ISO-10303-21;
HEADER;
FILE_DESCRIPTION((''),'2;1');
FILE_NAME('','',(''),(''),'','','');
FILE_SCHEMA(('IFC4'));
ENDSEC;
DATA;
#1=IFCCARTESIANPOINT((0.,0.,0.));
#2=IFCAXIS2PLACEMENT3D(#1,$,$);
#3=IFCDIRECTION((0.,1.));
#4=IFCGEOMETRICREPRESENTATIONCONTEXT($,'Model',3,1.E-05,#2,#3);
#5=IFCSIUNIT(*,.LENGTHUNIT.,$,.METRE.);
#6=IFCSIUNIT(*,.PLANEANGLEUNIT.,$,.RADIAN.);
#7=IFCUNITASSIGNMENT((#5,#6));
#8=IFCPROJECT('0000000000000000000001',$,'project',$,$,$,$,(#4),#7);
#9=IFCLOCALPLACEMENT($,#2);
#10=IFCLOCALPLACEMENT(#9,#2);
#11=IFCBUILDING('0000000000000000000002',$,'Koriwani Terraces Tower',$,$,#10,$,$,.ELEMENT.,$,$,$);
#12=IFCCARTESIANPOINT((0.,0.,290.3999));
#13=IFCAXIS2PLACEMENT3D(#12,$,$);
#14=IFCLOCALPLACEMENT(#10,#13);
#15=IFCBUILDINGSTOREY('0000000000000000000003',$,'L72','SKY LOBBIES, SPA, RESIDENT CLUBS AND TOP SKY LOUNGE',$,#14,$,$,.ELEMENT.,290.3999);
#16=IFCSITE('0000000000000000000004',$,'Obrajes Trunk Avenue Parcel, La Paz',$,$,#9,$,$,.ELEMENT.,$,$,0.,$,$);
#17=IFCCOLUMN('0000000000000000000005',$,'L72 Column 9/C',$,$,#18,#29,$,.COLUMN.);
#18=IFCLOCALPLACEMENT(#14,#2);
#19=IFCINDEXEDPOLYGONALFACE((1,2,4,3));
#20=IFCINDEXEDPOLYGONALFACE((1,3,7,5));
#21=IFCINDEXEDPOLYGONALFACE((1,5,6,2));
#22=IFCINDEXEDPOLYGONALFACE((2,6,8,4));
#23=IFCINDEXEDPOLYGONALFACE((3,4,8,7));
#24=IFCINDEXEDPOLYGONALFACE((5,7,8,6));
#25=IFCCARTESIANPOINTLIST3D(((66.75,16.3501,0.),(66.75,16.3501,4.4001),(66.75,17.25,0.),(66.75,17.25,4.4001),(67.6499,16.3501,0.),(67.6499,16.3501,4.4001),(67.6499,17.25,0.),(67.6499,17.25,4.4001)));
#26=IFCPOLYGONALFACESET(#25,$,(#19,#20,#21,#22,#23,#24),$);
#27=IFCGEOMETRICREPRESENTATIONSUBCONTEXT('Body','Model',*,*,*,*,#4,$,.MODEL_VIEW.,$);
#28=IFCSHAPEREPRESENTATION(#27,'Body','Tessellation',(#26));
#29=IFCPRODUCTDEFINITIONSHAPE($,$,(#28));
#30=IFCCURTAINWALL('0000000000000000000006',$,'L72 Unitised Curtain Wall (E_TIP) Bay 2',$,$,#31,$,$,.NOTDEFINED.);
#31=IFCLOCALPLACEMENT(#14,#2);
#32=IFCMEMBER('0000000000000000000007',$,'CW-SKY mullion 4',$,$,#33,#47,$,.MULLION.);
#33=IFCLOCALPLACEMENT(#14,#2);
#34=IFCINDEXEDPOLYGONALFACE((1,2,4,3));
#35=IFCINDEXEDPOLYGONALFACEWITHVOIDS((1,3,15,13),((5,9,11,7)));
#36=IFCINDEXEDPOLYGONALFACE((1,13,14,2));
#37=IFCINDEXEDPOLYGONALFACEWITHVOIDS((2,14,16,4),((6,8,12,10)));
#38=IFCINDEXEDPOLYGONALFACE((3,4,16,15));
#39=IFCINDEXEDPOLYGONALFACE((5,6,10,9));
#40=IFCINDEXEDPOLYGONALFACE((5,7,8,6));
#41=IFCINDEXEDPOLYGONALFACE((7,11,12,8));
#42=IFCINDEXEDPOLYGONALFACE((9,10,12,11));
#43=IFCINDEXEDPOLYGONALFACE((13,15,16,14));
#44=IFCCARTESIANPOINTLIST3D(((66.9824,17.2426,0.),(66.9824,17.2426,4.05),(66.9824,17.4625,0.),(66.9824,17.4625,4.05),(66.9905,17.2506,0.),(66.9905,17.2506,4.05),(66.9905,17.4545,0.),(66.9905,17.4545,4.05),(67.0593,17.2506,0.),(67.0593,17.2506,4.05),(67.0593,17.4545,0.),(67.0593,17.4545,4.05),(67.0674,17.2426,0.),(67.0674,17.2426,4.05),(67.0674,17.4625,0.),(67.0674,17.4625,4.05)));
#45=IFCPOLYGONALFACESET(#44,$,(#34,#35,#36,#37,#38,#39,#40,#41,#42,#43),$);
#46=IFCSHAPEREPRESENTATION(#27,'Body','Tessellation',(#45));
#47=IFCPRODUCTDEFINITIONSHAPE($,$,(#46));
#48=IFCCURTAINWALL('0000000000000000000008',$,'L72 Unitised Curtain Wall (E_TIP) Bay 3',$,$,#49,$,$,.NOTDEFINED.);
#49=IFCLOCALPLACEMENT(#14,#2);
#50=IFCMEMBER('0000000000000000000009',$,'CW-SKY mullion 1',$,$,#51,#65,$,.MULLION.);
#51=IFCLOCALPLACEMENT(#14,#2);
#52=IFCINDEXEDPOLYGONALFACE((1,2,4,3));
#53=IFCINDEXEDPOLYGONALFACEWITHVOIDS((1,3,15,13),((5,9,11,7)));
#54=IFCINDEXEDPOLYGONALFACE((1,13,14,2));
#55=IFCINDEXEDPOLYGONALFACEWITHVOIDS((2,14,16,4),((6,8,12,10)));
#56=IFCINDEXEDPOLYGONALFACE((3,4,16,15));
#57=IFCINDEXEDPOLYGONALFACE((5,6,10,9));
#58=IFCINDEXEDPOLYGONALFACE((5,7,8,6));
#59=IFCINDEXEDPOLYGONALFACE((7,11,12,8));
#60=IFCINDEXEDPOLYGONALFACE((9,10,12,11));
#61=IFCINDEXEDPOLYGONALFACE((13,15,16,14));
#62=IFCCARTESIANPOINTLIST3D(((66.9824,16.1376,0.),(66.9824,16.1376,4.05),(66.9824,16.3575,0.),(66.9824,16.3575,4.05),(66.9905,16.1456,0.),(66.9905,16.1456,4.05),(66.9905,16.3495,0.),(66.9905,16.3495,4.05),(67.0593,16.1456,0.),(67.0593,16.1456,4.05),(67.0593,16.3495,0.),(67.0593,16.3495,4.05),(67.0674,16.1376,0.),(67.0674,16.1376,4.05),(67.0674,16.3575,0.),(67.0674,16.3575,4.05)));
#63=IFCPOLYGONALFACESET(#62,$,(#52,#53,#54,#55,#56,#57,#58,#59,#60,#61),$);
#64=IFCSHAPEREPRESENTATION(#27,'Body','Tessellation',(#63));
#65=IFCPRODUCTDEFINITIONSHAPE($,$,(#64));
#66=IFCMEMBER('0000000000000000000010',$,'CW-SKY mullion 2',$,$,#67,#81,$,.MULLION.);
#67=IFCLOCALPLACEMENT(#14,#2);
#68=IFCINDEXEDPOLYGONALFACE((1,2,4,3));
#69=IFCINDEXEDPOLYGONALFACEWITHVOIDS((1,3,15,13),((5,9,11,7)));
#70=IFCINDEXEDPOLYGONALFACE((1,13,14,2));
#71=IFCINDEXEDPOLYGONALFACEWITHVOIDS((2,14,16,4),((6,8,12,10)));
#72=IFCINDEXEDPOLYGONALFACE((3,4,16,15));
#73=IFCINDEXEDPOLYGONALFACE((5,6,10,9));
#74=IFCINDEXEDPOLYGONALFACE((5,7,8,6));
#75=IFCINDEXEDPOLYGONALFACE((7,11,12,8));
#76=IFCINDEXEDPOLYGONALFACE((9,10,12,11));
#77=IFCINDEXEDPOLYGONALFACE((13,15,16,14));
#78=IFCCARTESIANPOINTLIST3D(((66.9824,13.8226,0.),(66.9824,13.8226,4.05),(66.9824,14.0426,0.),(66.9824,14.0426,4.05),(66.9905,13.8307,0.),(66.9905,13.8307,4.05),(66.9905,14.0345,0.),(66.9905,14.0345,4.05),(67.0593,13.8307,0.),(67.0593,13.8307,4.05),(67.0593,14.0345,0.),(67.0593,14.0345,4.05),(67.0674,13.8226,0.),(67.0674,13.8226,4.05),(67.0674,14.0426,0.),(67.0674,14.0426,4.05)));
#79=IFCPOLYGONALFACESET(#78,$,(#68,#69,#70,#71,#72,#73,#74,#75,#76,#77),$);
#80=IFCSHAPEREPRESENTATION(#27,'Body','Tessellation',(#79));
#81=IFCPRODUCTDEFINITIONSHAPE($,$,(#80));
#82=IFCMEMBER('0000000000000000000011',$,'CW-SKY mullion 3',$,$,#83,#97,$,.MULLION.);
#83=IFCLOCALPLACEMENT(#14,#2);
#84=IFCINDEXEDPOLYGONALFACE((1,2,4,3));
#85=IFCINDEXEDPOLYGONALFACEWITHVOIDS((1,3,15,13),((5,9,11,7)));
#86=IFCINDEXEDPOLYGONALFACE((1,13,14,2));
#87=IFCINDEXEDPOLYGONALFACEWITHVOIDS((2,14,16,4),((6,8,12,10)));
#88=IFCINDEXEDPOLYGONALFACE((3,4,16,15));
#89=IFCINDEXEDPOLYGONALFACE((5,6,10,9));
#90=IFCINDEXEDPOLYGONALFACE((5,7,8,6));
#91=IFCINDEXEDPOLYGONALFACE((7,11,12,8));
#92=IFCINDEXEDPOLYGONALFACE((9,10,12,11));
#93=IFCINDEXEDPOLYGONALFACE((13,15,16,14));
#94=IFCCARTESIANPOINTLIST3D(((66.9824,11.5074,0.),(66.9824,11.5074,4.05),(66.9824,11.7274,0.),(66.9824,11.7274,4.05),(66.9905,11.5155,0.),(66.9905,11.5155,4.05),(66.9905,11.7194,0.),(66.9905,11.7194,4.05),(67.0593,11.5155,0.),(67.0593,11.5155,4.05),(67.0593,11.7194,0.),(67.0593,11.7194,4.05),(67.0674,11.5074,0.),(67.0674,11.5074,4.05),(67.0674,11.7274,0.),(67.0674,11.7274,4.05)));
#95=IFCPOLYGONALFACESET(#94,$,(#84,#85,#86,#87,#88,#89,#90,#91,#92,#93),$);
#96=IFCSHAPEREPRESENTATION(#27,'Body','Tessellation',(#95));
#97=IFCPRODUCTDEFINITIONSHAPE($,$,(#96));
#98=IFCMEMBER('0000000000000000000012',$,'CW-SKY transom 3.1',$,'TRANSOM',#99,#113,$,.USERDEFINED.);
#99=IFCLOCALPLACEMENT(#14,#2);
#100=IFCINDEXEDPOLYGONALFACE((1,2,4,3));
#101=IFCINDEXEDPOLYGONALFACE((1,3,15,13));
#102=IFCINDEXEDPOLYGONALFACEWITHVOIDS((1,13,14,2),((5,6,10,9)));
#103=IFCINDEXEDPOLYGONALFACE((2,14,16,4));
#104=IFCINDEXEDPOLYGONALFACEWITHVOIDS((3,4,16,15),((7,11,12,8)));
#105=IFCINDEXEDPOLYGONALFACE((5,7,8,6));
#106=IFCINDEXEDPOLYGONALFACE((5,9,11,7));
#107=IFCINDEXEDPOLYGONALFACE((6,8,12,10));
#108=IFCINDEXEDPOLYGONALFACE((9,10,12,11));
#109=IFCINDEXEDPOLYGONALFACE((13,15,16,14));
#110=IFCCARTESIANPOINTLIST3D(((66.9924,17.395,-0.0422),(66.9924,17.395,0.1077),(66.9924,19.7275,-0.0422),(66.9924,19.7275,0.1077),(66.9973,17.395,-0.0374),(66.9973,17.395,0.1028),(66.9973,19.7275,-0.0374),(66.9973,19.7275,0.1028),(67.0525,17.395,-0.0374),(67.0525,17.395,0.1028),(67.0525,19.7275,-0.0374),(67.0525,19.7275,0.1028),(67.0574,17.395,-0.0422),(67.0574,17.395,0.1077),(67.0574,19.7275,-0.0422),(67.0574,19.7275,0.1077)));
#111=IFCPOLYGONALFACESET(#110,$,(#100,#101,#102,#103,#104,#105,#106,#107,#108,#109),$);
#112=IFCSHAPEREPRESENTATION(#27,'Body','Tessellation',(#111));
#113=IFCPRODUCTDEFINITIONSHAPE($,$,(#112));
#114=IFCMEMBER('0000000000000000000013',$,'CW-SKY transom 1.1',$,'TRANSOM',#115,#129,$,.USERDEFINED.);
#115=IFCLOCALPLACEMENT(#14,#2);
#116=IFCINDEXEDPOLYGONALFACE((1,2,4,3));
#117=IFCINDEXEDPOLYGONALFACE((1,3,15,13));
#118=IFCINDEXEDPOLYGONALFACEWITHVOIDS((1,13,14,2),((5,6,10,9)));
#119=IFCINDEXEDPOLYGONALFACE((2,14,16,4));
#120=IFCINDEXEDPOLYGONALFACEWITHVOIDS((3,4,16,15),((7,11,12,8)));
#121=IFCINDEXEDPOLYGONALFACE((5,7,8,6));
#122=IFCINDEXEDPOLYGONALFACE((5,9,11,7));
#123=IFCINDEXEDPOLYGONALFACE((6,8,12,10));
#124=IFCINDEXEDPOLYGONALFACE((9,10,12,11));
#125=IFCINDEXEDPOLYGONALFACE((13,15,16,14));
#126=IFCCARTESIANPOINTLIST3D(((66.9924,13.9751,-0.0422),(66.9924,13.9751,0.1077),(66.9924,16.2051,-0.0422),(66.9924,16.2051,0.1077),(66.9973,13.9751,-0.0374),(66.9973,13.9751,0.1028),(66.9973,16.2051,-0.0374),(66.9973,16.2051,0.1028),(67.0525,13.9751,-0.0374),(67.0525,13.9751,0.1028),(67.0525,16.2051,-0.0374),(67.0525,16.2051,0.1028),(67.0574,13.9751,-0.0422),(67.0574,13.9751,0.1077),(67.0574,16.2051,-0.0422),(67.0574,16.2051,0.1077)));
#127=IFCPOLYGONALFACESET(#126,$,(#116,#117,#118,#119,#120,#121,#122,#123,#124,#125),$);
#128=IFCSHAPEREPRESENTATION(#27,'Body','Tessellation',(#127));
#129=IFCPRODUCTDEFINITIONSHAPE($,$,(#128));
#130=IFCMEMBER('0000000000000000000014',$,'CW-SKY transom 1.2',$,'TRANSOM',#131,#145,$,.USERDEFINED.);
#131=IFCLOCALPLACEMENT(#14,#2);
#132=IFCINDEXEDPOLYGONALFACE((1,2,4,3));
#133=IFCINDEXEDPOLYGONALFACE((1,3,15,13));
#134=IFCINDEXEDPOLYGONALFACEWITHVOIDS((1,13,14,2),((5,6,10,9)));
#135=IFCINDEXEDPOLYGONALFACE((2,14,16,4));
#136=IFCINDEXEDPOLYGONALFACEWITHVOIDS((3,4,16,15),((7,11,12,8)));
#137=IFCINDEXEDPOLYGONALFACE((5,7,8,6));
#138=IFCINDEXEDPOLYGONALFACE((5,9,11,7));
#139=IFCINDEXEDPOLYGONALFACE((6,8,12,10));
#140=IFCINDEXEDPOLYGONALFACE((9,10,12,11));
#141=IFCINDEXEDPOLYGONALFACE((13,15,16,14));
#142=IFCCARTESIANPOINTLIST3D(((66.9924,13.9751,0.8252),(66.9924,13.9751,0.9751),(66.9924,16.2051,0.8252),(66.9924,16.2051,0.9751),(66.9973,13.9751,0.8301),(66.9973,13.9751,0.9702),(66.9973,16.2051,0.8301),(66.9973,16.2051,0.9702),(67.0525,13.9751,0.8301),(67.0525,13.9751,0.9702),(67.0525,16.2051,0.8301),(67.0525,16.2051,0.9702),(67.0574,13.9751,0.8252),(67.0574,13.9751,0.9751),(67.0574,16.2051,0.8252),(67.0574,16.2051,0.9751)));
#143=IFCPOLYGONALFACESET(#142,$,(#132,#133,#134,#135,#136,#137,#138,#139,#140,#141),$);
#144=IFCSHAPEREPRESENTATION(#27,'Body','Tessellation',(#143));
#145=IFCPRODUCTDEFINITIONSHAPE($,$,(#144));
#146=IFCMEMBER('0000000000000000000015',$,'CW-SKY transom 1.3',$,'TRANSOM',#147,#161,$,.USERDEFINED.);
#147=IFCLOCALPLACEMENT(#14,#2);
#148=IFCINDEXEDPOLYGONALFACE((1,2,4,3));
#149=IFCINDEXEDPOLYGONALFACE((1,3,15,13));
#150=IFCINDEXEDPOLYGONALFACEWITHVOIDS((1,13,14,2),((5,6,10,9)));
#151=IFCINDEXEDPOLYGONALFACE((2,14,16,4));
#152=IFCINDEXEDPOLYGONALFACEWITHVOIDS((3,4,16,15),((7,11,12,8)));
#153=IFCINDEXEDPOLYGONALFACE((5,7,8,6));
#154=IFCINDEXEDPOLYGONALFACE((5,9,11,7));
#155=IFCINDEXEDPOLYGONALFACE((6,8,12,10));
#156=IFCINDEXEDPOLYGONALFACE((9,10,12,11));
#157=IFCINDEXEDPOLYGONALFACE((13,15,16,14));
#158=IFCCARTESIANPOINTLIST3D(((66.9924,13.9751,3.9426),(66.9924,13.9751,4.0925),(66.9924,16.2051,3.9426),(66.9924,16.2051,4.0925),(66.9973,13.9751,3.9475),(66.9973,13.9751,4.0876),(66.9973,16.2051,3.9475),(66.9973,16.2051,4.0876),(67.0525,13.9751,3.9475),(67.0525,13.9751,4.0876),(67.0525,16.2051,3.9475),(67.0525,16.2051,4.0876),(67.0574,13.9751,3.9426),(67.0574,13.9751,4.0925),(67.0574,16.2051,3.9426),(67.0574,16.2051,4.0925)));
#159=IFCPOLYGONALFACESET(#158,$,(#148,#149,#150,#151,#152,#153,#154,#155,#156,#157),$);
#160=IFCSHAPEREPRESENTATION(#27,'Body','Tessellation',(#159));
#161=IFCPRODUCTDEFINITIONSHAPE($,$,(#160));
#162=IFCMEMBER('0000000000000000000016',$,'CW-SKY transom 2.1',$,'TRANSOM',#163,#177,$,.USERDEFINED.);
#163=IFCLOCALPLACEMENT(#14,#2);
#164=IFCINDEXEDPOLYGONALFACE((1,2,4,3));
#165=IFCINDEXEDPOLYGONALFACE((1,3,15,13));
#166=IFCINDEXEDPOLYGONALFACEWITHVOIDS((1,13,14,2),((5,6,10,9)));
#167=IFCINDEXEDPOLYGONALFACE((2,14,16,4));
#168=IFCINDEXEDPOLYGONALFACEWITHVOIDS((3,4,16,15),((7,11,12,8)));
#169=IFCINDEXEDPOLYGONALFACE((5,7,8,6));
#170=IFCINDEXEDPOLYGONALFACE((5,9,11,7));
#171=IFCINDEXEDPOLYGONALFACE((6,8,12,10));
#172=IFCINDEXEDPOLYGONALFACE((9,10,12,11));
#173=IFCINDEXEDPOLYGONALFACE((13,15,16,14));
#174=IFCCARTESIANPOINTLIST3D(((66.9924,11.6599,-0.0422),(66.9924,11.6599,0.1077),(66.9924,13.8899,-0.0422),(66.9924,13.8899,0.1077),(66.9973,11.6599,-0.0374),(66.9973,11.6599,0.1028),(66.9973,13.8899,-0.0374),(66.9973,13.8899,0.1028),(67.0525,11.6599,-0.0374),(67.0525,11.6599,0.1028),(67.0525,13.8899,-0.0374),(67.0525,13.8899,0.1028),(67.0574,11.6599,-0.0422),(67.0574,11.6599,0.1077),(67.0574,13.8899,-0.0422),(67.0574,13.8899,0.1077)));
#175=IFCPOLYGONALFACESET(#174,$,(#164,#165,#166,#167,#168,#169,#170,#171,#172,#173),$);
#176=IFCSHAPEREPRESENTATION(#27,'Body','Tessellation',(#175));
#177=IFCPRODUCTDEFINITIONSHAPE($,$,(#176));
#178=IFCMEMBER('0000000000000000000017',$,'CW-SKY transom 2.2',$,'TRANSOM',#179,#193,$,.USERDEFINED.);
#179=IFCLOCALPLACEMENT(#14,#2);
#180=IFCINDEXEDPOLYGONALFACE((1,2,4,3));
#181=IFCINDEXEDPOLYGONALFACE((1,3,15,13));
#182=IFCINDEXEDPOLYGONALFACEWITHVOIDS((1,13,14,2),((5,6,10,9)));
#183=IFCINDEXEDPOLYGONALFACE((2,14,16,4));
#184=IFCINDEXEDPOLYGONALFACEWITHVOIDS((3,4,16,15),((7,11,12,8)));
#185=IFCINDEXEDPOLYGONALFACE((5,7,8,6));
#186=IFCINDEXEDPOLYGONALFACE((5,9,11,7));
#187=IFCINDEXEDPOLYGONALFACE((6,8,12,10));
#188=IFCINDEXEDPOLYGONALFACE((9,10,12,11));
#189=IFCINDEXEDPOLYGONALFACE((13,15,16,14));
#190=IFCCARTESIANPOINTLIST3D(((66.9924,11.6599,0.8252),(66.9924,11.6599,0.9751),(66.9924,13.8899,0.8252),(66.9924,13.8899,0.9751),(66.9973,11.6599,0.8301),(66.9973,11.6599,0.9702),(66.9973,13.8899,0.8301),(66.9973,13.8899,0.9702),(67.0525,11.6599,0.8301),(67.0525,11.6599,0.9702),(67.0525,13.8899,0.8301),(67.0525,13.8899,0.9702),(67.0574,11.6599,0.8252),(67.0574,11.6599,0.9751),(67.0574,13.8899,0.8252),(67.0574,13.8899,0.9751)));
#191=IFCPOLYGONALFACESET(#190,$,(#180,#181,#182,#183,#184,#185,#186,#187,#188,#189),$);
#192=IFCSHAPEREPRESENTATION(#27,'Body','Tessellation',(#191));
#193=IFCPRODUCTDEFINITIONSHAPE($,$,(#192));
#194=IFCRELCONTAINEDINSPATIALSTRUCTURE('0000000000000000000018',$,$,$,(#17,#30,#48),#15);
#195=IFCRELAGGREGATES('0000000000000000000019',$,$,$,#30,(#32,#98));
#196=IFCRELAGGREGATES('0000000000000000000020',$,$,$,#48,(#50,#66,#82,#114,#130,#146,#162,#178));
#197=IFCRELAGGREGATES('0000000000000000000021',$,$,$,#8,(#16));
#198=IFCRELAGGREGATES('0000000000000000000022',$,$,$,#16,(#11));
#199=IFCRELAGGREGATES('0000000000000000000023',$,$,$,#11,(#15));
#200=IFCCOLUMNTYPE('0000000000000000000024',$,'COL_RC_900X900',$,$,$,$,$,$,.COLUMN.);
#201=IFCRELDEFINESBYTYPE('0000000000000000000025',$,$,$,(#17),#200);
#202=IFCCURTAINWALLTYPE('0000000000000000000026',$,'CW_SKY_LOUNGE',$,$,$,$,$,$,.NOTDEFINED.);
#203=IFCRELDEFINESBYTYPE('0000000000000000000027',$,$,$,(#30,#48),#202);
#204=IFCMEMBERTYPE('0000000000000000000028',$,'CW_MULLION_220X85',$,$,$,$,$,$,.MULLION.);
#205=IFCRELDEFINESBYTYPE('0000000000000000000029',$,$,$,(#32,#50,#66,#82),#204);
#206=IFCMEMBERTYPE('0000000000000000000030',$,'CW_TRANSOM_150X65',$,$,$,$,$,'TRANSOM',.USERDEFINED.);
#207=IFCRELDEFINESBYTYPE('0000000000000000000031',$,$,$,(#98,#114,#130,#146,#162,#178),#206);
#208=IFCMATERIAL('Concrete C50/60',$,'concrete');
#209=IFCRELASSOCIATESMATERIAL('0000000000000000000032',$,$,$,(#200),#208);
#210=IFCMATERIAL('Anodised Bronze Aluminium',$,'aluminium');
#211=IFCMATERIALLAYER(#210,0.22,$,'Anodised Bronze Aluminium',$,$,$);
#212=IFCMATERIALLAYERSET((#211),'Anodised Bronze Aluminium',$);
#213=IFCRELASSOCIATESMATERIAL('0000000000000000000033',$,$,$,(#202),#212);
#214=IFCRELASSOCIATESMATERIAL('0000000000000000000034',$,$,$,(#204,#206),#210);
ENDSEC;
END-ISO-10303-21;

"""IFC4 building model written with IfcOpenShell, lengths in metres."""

from ifc_helpers import new_model, si_unit, direction, frame, origin, origin_2d, place, context, subcontext, project, spatial, rectangle, hollow_rectangle, extrude, material, layer, layer_set, material_profile, profile_set, type_object, element, aggregate, save


model = new_model("IFC4")

# Units and contexts
model_context = context("Model", 3, precision=1e-05, world=origin(), true_north=direction((0.0, 1.0)))
body_context = subcontext(model_context, "Body", "Model", "MODEL_VIEW")
ifc_project = project(units=[si_unit("LENGTHUNIT", "METRE"), si_unit("PLANEANGLEUNIT", "RADIAN")], contexts=[model_context])

# Site, building, storey
site_placement = place(None, origin())
site = spatial("IfcSite", under=ifc_project, at=site_placement, Name="Obrajes Trunk Avenue Parcel, La Paz", CompositionType="ELEMENT", RefElevation=0.0)
building_placement = place(site_placement, origin())
building = spatial("IfcBuilding", under=site, at=building_placement, Name="Koriwani Terraces Tower", CompositionType="ELEMENT")
storey_placement = place(building_placement, frame((0.0, 0.0, 290.3999)))
storey = spatial("IfcBuildingStorey", under=building, at=storey_placement, Name="L72", Description="SKY LOBBIES, SPA, RESIDENT CLUBS AND TOP SKY LOUNGE", CompositionType="ELEMENT", Elevation=290.3999)

# Column
ifc_material_1 = material(Name="Concrete C50/60", Category="concrete")
ifc_material_profile_1 = material_profile(ifc_material_1, rectangle(XDim=0.8999, YDim=0.8999, at=origin_2d()), Name="Concrete C50/60", Category="LoadBearing")
ifc_profile_set_1 = profile_set([ifc_material_profile_1], Name="Concrete C50/60")
column_type = type_object("IfcColumnType", Name="COL_RC_900X900", PredefinedType="COLUMN", material=ifc_profile_set_1)
column_placement = place(storey_placement, frame((67.2, 16.8, 0.0), z_axis=(0.0, 0.0, 1.0), x_axis=(1.0, 0.0, 0.0)))
element("IfcColumn", 1, at=column_placement, inside=storey, type_object=column_type, Name="L72 Column 9/C", PredefinedType="COLUMN", context=body_context, shape_type="SweptSolid", body=[
    extrude(rectangle(XDim=0.8999, YDim=0.8999, at=origin_2d()), origin(), (0.0, 0.0, 1.0), 4.4001),
])

# Curtain wall, member
ifc_material_2 = material(Name="Anodised Bronze Aluminium", Category="aluminium")
ifc_layer_1 = layer(ifc_material_2, 0.22, Name="Anodised Bronze Aluminium")
ifc_layer_set_1 = layer_set([ifc_layer_1], Name="Anodised Bronze Aluminium")
curtain_wall_type = type_object("IfcCurtainWallType", Name="CW_SKY_LOUNGE", PredefinedType="NOTDEFINED", material=ifc_layer_set_1)
curtain_wall_1_placement = place(storey_placement, origin())
curtain_wall_1 = element("IfcCurtainWall", 2, at=curtain_wall_1_placement, inside=storey, type_object=curtain_wall_type, Name="L72 Unitised Curtain Wall (E_TIP) Bay 2", PredefinedType="NOTDEFINED")
ifc_material_profile_2 = material_profile(ifc_material_2, hollow_rectangle(XDim=0.085, YDim=0.22, WallThickness=0.0081, at=origin_2d()), Name="Anodised Bronze Aluminium", Category="LoadBearing")
ifc_profile_set_2 = profile_set([ifc_material_profile_2], Name="Anodised Bronze Aluminium")
member_type_1 = type_object("IfcMemberType", Name="CW_MULLION_220X85", PredefinedType="MULLION", material=ifc_profile_set_2)
member_1_placement = place(storey_placement, frame((67.0249, 17.3525, 0.0), z_axis=(0.0, 0.0, 1.0), x_axis=(1.0, 0.0, 0.0)))
member_1 = element("IfcMember", 3, at=member_1_placement, type_object=member_type_1, Name="CW-SKY mullion 4", PredefinedType="MULLION", context=body_context, shape_type="SweptSolid", body=[
    extrude(hollow_rectangle(XDim=0.085, YDim=0.22, WallThickness=0.0081, at=origin_2d()), origin(), (0.0, 0.0, 1.0), 4.05),
])

# Curtain wall, members
curtain_wall_2_placement = place(storey_placement, origin())
curtain_wall_2 = element("IfcCurtainWall", 4, at=curtain_wall_2_placement, inside=storey, type_object=curtain_wall_type, Name="L72 Unitised Curtain Wall (E_TIP) Bay 3", PredefinedType="NOTDEFINED")
member_2_placement = place(storey_placement, frame((67.0249, 16.2476, 0.0), z_axis=(0.0, 0.0, 1.0), x_axis=(1.0, 0.0, 0.0)))
member_2 = element("IfcMember", 5, at=member_2_placement, type_object=member_type_1, Name="CW-SKY mullion 1", PredefinedType="MULLION", context=body_context, shape_type="SweptSolid", body=[
    extrude(hollow_rectangle(XDim=0.085, YDim=0.22, WallThickness=0.0081, at=origin_2d()), origin(), (0.0, 0.0, 1.0), 4.05),
])
member_3_placement = place(storey_placement, frame((67.0249, 13.9326, 0.0), z_axis=(0.0, 0.0, 1.0), x_axis=(1.0, 0.0, 0.0)))
member_3 = element("IfcMember", 6, at=member_3_placement, type_object=member_type_1, Name="CW-SKY mullion 2", PredefinedType="MULLION", context=body_context, shape_type="SweptSolid", body=[
    extrude(hollow_rectangle(XDim=0.085, YDim=0.22, WallThickness=0.0081, at=origin_2d()), origin(), (0.0, 0.0, 1.0), 4.05),
])
member_4_placement = place(storey_placement, frame((67.0249, 11.6174, 0.0), z_axis=(0.0, 0.0, 1.0), x_axis=(1.0, 0.0, 0.0)))
member_4 = element("IfcMember", 7, at=member_4_placement, type_object=member_type_1, Name="CW-SKY mullion 3", PredefinedType="MULLION", context=body_context, shape_type="SweptSolid", body=[
    extrude(hollow_rectangle(XDim=0.085, YDim=0.22, WallThickness=0.0081, at=origin_2d()), origin(), (0.0, 0.0, 1.0), 4.05),
])

# Members
ifc_material_profile_3 = material_profile(ifc_material_2, hollow_rectangle(XDim=0.0649, YDim=0.1499, WallThickness=0.0049, at=origin_2d()), Name="Anodised Bronze Aluminium", Category="LoadBearing")
ifc_profile_set_3 = profile_set([ifc_material_profile_3], Name="Anodised Bronze Aluminium")
member_type_2 = type_object("IfcMemberType", Name="CW_TRANSOM_150X65", ElementType="TRANSOM", PredefinedType="USERDEFINED", material=ifc_profile_set_3)
member_5_placement = place(storey_placement, frame((67.0249, 19.7275, 0.0327), z_axis=(0.0, -1.0, 0.0), x_axis=(1.0, 0.0, 0.0)))
member_5 = element("IfcMember", 8, at=member_5_placement, type_object=member_type_2, Name="CW-SKY transom 3.1", ObjectType="TRANSOM", PredefinedType="USERDEFINED", context=body_context, shape_type="SweptSolid", body=[
    extrude(hollow_rectangle(XDim=0.0649, YDim=0.1499, WallThickness=0.0049, at=origin_2d()), origin(), (0.0, 0.0, 1.0), 2.3325),
])
member_6_placement = place(storey_placement, frame((67.0249, 16.2051, 0.0327), z_axis=(0.0, -1.0, 0.0), x_axis=(1.0, 0.0, 0.0)))
member_6 = element("IfcMember", 9, at=member_6_placement, type_object=member_type_2, Name="CW-SKY transom 1.1", ObjectType="TRANSOM", PredefinedType="USERDEFINED", context=body_context, shape_type="SweptSolid", body=[
    extrude(hollow_rectangle(XDim=0.0649, YDim=0.1499, WallThickness=0.0049, at=origin_2d()), origin(), (0.0, 0.0, 1.0), 2.23),
])
member_7_placement = place(storey_placement, frame((67.0249, 16.2051, 0.9001), z_axis=(0.0, -1.0, 0.0), x_axis=(1.0, 0.0, 0.0)))
member_7 = element("IfcMember", 10, at=member_7_placement, type_object=member_type_2, Name="CW-SKY transom 1.2", ObjectType="TRANSOM", PredefinedType="USERDEFINED", context=body_context, shape_type="SweptSolid", body=[
    extrude(hollow_rectangle(XDim=0.0649, YDim=0.1499, WallThickness=0.0049, at=origin_2d()), origin(), (0.0, 0.0, 1.0), 2.23),
])
member_8_placement = place(storey_placement, frame((67.0249, 16.2051, 4.0176), z_axis=(0.0, -1.0, 0.0), x_axis=(1.0, 0.0, 0.0)))
member_8 = element("IfcMember", 11, at=member_8_placement, type_object=member_type_2, Name="CW-SKY transom 1.3", ObjectType="TRANSOM", PredefinedType="USERDEFINED", context=body_context, shape_type="SweptSolid", body=[
    extrude(hollow_rectangle(XDim=0.0649, YDim=0.1499, WallThickness=0.0049, at=origin_2d()), origin(), (0.0, 0.0, 1.0), 2.23),
])
member_9_placement = place(storey_placement, frame((67.0249, 13.8899, 0.0327), z_axis=(0.0, -1.0, 0.0), x_axis=(1.0, 0.0, 0.0)))
member_9 = element("IfcMember", 12, at=member_9_placement, type_object=member_type_2, Name="CW-SKY transom 2.1", ObjectType="TRANSOM", PredefinedType="USERDEFINED", context=body_context, shape_type="SweptSolid", body=[
    extrude(hollow_rectangle(XDim=0.0649, YDim=0.1499, WallThickness=0.0049, at=origin_2d()), origin(), (0.0, 0.0, 1.0), 2.23),
])
member_10_placement = place(storey_placement, frame((67.0249, 13.8899, 0.9001), z_axis=(0.0, -1.0, 0.0), x_axis=(1.0, 0.0, 0.0)))
member_10 = element("IfcMember", 13, at=member_10_placement, type_object=member_type_2, Name="CW-SKY transom 2.2", ObjectType="TRANSOM", PredefinedType="USERDEFINED", context=body_context, shape_type="SweptSolid", body=[
    extrude(hollow_rectangle(XDim=0.0649, YDim=0.1499, WallThickness=0.0049, at=origin_2d()), origin(), (0.0, 0.0, 1.0), 2.23),
])

aggregate(curtain_wall_1, [member_1, member_5])
aggregate(curtain_wall_2, [member_2, member_3, member_4, member_6, member_7, member_8, member_9, member_10])

save(model, "model.ifc")
